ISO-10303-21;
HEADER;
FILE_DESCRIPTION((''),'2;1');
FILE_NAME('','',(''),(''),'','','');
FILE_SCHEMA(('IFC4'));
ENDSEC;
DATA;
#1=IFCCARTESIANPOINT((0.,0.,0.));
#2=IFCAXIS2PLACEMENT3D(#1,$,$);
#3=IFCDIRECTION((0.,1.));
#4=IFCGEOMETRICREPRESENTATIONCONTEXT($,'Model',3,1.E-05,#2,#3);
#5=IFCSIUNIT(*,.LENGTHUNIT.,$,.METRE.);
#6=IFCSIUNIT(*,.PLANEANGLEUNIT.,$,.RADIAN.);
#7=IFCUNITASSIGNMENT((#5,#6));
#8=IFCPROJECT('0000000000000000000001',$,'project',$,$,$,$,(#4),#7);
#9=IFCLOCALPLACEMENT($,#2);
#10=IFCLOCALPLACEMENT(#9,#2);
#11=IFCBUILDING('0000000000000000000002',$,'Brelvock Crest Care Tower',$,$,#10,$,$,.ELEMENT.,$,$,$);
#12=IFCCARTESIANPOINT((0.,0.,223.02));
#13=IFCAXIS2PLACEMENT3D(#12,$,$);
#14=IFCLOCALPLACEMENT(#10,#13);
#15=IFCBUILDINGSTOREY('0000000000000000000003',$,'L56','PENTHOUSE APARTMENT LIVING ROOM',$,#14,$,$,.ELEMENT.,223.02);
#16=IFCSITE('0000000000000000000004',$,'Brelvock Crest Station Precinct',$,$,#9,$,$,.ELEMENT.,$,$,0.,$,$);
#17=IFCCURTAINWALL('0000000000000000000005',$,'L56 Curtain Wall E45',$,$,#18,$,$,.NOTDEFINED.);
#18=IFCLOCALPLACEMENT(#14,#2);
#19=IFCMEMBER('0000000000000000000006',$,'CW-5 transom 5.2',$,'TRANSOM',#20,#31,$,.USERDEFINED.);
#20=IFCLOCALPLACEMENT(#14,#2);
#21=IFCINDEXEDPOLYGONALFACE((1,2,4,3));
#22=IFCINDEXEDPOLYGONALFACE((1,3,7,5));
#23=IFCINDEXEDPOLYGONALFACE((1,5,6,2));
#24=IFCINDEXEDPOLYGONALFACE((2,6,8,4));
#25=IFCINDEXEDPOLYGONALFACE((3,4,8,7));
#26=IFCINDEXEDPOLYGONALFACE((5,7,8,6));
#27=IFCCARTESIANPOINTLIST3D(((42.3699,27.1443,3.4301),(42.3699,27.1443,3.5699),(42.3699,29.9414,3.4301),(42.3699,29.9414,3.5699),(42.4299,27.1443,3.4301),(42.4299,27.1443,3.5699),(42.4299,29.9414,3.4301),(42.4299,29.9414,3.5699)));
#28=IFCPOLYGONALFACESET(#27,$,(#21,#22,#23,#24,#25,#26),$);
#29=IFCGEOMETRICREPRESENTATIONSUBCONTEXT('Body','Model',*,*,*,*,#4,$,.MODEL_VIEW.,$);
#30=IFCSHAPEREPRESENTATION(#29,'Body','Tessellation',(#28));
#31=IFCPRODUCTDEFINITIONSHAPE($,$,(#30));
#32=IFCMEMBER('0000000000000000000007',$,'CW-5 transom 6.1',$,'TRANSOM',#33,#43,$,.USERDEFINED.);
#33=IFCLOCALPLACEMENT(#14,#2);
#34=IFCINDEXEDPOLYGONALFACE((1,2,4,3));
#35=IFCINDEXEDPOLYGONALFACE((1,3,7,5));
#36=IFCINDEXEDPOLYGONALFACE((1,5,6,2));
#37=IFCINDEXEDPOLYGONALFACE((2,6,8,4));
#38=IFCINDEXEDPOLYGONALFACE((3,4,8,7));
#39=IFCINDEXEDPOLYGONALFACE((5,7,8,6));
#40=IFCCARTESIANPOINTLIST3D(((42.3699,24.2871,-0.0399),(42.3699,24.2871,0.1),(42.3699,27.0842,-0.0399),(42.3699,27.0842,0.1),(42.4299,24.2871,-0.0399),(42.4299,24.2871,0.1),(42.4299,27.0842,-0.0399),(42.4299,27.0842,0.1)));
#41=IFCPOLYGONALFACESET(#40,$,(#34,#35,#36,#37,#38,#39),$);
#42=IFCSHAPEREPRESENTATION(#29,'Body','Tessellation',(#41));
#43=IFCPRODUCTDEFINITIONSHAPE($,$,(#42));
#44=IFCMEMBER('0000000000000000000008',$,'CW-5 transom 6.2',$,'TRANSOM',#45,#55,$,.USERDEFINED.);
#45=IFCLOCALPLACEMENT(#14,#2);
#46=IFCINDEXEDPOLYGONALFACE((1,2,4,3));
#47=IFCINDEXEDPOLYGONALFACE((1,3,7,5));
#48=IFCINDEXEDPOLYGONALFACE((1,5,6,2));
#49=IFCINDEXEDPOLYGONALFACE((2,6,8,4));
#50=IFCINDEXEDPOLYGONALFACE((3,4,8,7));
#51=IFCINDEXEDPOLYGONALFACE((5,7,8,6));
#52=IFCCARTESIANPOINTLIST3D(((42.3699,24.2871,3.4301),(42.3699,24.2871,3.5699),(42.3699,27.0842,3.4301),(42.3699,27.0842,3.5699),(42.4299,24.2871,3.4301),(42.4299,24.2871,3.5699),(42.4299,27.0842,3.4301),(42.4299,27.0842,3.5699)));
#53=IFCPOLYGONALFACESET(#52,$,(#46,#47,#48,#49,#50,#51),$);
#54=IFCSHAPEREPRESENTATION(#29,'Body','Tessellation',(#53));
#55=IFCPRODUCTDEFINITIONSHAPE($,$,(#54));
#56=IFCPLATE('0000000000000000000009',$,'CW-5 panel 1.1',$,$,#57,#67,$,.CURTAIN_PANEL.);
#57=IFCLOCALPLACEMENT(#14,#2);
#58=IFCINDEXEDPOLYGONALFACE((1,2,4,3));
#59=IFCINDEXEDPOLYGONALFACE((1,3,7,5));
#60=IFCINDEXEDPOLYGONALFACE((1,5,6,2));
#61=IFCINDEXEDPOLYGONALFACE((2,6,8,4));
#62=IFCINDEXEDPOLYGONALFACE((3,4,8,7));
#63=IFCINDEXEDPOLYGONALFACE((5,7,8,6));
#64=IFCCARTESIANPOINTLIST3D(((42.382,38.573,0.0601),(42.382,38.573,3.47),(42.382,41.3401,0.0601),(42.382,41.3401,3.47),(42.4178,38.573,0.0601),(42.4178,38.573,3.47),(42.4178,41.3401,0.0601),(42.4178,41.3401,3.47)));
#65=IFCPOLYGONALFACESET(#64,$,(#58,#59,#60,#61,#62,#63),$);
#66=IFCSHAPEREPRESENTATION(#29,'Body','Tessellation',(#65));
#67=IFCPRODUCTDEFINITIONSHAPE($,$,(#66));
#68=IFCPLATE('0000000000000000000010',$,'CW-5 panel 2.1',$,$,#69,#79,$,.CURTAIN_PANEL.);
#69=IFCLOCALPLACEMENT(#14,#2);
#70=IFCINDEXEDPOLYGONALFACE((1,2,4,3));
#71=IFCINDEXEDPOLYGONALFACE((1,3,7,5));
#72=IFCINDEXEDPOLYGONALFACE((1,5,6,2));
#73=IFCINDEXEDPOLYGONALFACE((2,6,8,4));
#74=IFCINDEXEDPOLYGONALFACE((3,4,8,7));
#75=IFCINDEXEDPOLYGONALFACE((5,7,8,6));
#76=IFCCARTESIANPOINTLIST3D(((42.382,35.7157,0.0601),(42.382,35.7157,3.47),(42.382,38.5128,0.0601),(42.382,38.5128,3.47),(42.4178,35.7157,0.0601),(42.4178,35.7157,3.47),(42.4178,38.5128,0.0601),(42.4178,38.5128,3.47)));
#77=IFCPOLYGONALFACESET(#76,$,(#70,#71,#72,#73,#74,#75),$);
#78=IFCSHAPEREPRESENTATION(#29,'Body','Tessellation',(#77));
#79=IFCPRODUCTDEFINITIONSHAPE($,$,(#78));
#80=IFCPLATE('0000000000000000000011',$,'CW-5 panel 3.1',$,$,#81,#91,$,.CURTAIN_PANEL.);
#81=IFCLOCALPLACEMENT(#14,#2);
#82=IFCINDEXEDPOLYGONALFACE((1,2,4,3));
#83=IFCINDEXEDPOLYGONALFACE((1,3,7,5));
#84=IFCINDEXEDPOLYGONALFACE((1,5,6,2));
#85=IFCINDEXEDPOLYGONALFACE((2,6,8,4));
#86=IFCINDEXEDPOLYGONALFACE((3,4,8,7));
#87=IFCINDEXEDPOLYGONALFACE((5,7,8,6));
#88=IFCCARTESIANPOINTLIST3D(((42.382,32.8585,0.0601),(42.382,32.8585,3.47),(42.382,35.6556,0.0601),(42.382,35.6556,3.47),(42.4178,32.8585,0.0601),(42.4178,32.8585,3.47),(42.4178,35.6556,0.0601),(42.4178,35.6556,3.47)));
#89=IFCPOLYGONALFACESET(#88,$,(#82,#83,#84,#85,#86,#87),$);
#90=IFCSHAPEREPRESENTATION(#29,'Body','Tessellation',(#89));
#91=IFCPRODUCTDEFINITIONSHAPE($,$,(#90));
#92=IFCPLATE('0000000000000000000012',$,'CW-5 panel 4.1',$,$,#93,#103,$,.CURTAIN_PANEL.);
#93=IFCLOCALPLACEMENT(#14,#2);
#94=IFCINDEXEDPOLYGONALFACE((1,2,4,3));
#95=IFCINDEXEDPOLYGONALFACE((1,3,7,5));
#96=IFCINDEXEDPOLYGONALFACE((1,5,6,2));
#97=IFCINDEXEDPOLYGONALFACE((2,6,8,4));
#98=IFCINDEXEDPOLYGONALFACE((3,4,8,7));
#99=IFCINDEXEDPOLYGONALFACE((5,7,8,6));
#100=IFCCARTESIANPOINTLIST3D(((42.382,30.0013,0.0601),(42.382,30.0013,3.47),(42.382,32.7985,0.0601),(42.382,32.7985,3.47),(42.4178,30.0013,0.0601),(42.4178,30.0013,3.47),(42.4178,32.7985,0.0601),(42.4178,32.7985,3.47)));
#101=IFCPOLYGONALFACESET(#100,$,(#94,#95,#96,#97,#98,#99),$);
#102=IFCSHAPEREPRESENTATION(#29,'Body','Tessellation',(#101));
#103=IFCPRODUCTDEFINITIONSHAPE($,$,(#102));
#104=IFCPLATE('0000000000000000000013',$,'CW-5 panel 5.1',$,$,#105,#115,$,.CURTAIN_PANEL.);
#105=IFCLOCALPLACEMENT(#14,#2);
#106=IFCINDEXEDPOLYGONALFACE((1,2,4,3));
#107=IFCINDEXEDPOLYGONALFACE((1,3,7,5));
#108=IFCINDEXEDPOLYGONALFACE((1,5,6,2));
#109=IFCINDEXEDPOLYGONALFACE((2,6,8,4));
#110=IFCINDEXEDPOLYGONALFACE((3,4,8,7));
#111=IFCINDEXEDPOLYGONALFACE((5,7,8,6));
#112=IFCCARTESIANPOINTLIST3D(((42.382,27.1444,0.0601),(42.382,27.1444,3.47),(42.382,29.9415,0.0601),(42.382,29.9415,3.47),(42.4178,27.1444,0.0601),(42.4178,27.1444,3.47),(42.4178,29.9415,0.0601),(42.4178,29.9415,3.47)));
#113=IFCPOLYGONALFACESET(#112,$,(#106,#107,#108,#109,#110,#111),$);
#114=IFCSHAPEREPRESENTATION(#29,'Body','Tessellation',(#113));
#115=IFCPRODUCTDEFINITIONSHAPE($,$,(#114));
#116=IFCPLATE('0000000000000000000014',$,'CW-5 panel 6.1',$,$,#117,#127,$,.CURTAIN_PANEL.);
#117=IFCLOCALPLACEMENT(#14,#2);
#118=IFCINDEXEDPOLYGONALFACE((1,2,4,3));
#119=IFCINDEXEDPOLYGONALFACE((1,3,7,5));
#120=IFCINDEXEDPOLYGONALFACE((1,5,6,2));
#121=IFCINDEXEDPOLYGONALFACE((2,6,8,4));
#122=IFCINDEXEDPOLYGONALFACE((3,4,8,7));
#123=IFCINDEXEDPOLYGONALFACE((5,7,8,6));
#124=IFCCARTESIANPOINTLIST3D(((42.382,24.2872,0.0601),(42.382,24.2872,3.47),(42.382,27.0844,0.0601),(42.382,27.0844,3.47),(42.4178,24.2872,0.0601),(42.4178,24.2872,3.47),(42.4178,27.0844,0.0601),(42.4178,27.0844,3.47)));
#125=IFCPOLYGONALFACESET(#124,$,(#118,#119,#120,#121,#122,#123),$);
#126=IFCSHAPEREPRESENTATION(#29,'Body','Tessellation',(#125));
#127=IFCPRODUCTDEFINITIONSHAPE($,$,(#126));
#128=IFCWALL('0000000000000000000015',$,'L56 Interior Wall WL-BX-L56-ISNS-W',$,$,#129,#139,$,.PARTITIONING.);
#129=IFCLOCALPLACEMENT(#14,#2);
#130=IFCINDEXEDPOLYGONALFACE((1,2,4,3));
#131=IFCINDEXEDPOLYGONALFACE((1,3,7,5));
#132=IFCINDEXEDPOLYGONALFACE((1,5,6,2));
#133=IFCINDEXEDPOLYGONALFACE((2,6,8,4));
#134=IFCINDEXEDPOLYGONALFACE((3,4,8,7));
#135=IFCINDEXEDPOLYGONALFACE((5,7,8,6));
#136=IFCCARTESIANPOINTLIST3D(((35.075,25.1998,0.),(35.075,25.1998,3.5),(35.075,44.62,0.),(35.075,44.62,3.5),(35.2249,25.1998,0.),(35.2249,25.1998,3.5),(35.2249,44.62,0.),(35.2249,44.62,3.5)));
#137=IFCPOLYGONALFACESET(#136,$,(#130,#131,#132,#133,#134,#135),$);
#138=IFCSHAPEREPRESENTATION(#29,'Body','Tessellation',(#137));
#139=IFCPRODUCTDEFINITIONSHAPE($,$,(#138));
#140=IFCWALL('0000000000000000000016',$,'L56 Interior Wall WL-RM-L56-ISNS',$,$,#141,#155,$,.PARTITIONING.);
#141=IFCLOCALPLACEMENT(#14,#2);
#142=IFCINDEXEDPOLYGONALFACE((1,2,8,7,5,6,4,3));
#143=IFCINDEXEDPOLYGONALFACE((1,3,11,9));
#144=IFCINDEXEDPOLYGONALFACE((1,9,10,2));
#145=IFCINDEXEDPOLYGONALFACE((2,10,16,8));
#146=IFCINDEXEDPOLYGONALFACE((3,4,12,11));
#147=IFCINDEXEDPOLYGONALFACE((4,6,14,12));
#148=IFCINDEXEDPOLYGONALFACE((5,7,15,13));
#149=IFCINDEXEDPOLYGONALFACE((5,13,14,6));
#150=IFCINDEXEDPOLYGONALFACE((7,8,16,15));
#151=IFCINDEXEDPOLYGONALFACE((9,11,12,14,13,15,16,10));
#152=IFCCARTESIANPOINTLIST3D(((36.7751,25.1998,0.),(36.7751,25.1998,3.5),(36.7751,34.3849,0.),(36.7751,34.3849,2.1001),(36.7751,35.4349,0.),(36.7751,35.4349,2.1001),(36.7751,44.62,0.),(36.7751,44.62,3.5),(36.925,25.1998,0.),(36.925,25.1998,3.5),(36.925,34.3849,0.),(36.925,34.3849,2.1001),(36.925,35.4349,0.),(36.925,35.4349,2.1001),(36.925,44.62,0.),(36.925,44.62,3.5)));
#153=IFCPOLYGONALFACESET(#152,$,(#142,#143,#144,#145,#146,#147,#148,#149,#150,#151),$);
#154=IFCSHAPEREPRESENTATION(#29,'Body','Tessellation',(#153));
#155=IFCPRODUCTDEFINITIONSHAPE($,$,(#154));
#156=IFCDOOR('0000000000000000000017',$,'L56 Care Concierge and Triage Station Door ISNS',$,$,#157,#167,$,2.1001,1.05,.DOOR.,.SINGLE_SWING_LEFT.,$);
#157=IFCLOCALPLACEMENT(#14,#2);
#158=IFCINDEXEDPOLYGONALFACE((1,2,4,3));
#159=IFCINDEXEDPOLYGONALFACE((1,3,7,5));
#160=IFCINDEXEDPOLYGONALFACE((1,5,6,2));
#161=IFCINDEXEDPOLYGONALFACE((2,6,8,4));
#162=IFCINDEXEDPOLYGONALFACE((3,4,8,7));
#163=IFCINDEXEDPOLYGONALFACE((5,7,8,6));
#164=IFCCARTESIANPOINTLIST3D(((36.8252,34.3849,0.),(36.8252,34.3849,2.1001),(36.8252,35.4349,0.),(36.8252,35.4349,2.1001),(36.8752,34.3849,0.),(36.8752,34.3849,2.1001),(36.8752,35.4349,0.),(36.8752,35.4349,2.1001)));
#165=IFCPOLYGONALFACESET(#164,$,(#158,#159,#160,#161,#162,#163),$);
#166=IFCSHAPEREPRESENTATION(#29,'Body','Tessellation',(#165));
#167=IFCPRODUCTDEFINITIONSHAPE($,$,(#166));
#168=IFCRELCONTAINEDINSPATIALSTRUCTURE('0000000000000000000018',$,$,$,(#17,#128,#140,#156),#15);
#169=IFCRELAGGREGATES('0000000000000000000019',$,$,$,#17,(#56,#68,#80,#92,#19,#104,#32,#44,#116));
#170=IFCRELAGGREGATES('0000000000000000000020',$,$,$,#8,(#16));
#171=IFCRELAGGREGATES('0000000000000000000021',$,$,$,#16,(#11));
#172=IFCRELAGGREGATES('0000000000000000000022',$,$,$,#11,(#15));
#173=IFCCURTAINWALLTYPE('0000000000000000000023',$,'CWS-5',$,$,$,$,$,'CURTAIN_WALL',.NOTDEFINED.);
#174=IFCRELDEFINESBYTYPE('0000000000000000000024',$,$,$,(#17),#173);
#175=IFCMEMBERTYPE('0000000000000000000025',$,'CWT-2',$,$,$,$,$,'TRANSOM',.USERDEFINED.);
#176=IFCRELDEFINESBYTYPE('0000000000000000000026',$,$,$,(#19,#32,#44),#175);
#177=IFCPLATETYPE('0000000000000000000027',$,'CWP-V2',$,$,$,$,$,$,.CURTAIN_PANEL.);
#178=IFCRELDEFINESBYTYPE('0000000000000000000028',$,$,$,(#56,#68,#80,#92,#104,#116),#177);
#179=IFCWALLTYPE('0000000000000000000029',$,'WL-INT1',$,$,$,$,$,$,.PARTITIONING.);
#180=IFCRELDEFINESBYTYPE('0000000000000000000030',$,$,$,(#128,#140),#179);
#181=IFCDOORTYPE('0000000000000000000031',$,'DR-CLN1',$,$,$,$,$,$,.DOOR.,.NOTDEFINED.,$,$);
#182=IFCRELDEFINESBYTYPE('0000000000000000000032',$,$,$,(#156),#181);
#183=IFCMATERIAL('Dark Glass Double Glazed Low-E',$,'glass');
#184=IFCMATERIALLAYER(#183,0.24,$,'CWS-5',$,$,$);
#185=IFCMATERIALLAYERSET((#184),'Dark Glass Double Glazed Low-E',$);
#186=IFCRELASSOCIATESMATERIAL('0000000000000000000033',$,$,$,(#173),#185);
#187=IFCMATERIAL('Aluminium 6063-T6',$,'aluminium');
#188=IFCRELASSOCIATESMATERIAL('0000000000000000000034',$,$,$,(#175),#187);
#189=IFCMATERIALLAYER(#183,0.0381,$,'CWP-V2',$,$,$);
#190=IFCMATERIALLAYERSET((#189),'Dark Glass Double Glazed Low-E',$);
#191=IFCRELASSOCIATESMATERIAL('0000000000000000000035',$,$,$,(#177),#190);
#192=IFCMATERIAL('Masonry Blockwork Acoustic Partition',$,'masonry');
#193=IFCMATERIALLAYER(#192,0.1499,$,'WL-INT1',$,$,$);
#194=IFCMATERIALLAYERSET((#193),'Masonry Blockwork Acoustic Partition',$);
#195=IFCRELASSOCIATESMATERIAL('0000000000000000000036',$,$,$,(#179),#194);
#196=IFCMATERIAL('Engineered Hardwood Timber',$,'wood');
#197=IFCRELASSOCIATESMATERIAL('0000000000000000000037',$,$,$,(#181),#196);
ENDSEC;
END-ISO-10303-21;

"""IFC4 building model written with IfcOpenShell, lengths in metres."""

from ifc_helpers import new_model, si_unit, direction, frame, frame_2d, origin, origin_2d, place, context, subcontext, project, spatial, rectangle, extrude, source, transform, mapped, material, layer, layer_set, material_profile, profile_set, type_object, element, fill, aggregate, save


model = new_model("IFC4")

# Units and contexts
model_context = context("Model", 3, precision=1e-05, world=origin(), true_north=direction((0.0, 1.0)))
body_context = subcontext(model_context, "Body", "Model", "MODEL_VIEW")
ifc_project = project(units=[si_unit("LENGTHUNIT", "METRE"), si_unit("PLANEANGLEUNIT", "RADIAN")], contexts=[model_context])

# Site, building, storey
site_placement = place(None, origin())
site = spatial("IfcSite", under=ifc_project, at=site_placement, Name="Brelvock Crest Station Precinct", CompositionType="ELEMENT", RefElevation=0.0)
building_placement = place(site_placement, origin())
building = spatial("IfcBuilding", under=site, at=building_placement, Name="Brelvock Crest Care Tower", CompositionType="ELEMENT")
storey_placement = place(building_placement, frame((0.0, 0.0, 223.02)))
storey = spatial("IfcBuildingStorey", under=building, at=storey_placement, Name="L56", Description="PENTHOUSE APARTMENT LIVING ROOM", CompositionType="ELEMENT", Elevation=223.02)

# Curtain wall, members, plates
ifc_material_1 = material(Name="Dark Glass Double Glazed Low-E", Category="glass")
ifc_layer_1 = layer(ifc_material_1, 0.24, Name="CWS-5")
ifc_layer_set_1 = layer_set([ifc_layer_1], Name="Dark Glass Double Glazed Low-E")
curtain_wall_type = type_object("IfcCurtainWallType", Name="CWS-5", ElementType="CURTAIN_WALL", PredefinedType="NOTDEFINED", material=ifc_layer_set_1)
curtain_wall_placement = place(storey_placement, origin())
curtain_wall = element("IfcCurtainWall", 1, at=curtain_wall_placement, inside=storey, type_object=curtain_wall_type, Name="L56 Curtain Wall E45", PredefinedType="NOTDEFINED")
ifc_material_2 = material(Name="Aluminium 6063-T6", Category="aluminium")
ifc_material_profile_1 = material_profile(ifc_material_2, rectangle(XDim=0.0601, YDim=0.1399, at=origin_2d()), Name="ALU60x140")
ifc_profile_set_1 = profile_set([ifc_material_profile_1], Name="Aluminium 6063-T6")
member_type_1 = type_object("IfcMemberType", Name="CWT-2", ElementType="TRANSOM", PredefinedType="USERDEFINED", material=ifc_profile_set_1)
shared_shape_1 = source(origin(), body_context, "Body", "SweptSolid", [
    extrude(rectangle(XDim=0.0601, YDim=0.1399, at=origin_2d()), origin(), (0.0, 0.0, 1.0), 2.7971),
])
member_1_placement = place(storey_placement, frame((42.3999, 29.9414, 3.5), z_axis=(0.0, -1.0, 0.0), x_axis=(1.0, 0.0, 0.0)))
member_1 = element("IfcMember", 2, at=member_1_placement, type_object=member_type_1, Name="CW-5 transom 5.2", ObjectType="TRANSOM", PredefinedType="USERDEFINED", context=body_context, shape_type="MappedRepresentation", body=[
    mapped(shared_shape_1, transform((0.0, 0.0, 0.0), x_axis=(1.0, 0.0, 0.0), y_axis=(0.0, 1.0, 0.0), z_axis=(0.0, 0.0, 1.0), scale=1.0)),
])
member_2_placement = place(storey_placement, frame((42.3999, 27.0842, 0.03), z_axis=(0.0, -1.0, 0.0), x_axis=(1.0, 0.0, 0.0)))
member_2 = element("IfcMember", 3, at=member_2_placement, type_object=member_type_1, Name="CW-5 transom 6.1", ObjectType="TRANSOM", PredefinedType="USERDEFINED", context=body_context, shape_type="MappedRepresentation", body=[
    mapped(shared_shape_1, transform((0.0, 0.0, 0.0), x_axis=(1.0, 0.0, 0.0), y_axis=(0.0, 1.0, 0.0), z_axis=(0.0, 0.0, 1.0), scale=1.0)),
])
member_3_placement = place(storey_placement, frame((42.3999, 27.0842, 3.5), z_axis=(0.0, -1.0, 0.0), x_axis=(1.0, 0.0, 0.0)))
member_3 = element("IfcMember", 4, at=member_3_placement, type_object=member_type_1, Name="CW-5 transom 6.2", ObjectType="TRANSOM", PredefinedType="USERDEFINED", context=body_context, shape_type="MappedRepresentation", body=[
    mapped(shared_shape_1, transform((0.0, 0.0, 0.0), x_axis=(1.0, 0.0, 0.0), y_axis=(0.0, 1.0, 0.0), z_axis=(0.0, 0.0, 1.0), scale=1.0)),
])
ifc_layer_2 = layer(ifc_material_1, 0.0381, Name="CWP-V2")
ifc_layer_set_2 = layer_set([ifc_layer_2], Name="Dark Glass Double Glazed Low-E")
plate_type = type_object("IfcPlateType", Name="CWP-V2", PredefinedType="CURTAIN_PANEL", material=ifc_layer_set_2)
shared_shape_2 = source(origin(), body_context, "Body", "SweptSolid", [
    extrude(rectangle(XDim=2.7671, YDim=0.0359, at=origin_2d()), origin(), (0.0, 0.0, 1.0), 3.4099),
])
plate_1_placement = place(storey_placement, frame((42.3999, 39.9565, 0.0601), z_axis=(0.0, 0.0, 1.0), x_axis=(0.0, -1.0, 0.0)))
plate_1 = element("IfcPlate", 5, at=plate_1_placement, type_object=plate_type, Name="CW-5 panel 1.1", PredefinedType="CURTAIN_PANEL", context=body_context, shape_type="MappedRepresentation", body=[
    mapped(shared_shape_2, transform((0.0, 0.0, 0.0), x_axis=(1.0, 0.0, 0.0), y_axis=(0.0, 1.0, 0.0), z_axis=(0.0, 0.0, 1.0), scale=1.0)),
])
shared_shape_3 = source(origin(), body_context, "Body", "SweptSolid", [
    extrude(rectangle(XDim=2.7971, YDim=0.0359, at=origin_2d()), origin(), (0.0, 0.0, 1.0), 3.4099),
])
plate_2_placement = place(storey_placement, frame((42.3999, 37.1143, 0.0601), z_axis=(0.0, 0.0, 1.0), x_axis=(0.0, -1.0, 0.0)))
plate_2 = element("IfcPlate", 6, at=plate_2_placement, type_object=plate_type, Name="CW-5 panel 2.1", PredefinedType="CURTAIN_PANEL", context=body_context, shape_type="MappedRepresentation", body=[
    mapped(shared_shape_3, transform((0.0, 0.0, 0.0), x_axis=(1.0, 0.0, 0.0), y_axis=(0.0, 1.0, 0.0), z_axis=(0.0, 0.0, 1.0), scale=1.0)),
])
plate_3_placement = place(storey_placement, frame((42.3999, 34.2571, 0.0601), z_axis=(0.0, 0.0, 1.0), x_axis=(0.0, -1.0, 0.0)))
plate_3 = element("IfcPlate", 7, at=plate_3_placement, type_object=plate_type, Name="CW-5 panel 3.1", PredefinedType="CURTAIN_PANEL", context=body_context, shape_type="MappedRepresentation", body=[
    mapped(shared_shape_3, transform((0.0, 0.0, 0.0), x_axis=(1.0, 0.0, 0.0), y_axis=(0.0, 1.0, 0.0), z_axis=(0.0, 0.0, 1.0), scale=1.0)),
])
plate_4_placement = place(storey_placement, frame((42.3999, 31.3999, 0.0601), z_axis=(0.0, 0.0, 1.0), x_axis=(0.0, -1.0, 0.0)))
plate_4 = element("IfcPlate", 8, at=plate_4_placement, type_object=plate_type, Name="CW-5 panel 4.1", PredefinedType="CURTAIN_PANEL", context=body_context, shape_type="MappedRepresentation", body=[
    mapped(shared_shape_3, transform((0.0, 0.0, 0.0), x_axis=(1.0, 0.0, 0.0), y_axis=(0.0, 1.0, 0.0), z_axis=(0.0, 0.0, 1.0), scale=1.0)),
])
plate_5_placement = place(storey_placement, frame((42.3999, 28.543, 0.0601), z_axis=(0.0, 0.0, 1.0), x_axis=(0.0, -1.0, 0.0)))
plate_5 = element("IfcPlate", 9, at=plate_5_placement, type_object=plate_type, Name="CW-5 panel 5.1", PredefinedType="CURTAIN_PANEL", context=body_context, shape_type="MappedRepresentation", body=[
    mapped(shared_shape_3, transform((0.0, 0.0, 0.0), x_axis=(1.0, 0.0, 0.0), y_axis=(0.0, 1.0, 0.0), z_axis=(0.0, 0.0, 1.0), scale=1.0)),
])
plate_6_placement = place(storey_placement, frame((42.3999, 25.6858, 0.0601), z_axis=(0.0, 0.0, 1.0), x_axis=(0.0, -1.0, 0.0)))
plate_6 = element("IfcPlate", 10, at=plate_6_placement, type_object=plate_type, Name="CW-5 panel 6.1", PredefinedType="CURTAIN_PANEL", context=body_context, shape_type="MappedRepresentation", body=[
    mapped(shared_shape_3, transform((0.0, 0.0, 0.0), x_axis=(1.0, 0.0, 0.0), y_axis=(0.0, 1.0, 0.0), z_axis=(0.0, 0.0, 1.0), scale=1.0)),
])
aggregate(curtain_wall, [plate_1, plate_2, plate_3, plate_4, member_1, plate_5, member_2, member_3, plate_6])

# Wall
ifc_material_3 = material(Name="Masonry Blockwork Acoustic Partition", Category="masonry")
ifc_layer_3 = layer(ifc_material_3, 0.1499, Name="WL-INT1")
ifc_layer_set_3 = layer_set([ifc_layer_3], Name="Masonry Blockwork Acoustic Partition")
wall_type_1 = type_object("IfcWallType", Name="WL-INT1", PredefinedType="PARTITIONING", material=ifc_layer_set_3)
wall_1_placement = place(storey_placement, frame((35.1499, 25.2, 0.0), z_axis=(0.0, 0.0, 1.0), x_axis=(0.0, 1.0, 0.0)))
element("IfcWall", 11, at=wall_1_placement, inside=storey, type_object=wall_type_1, Name="L56 Interior Wall WL-BX-L56-ISNS-W", PredefinedType="PARTITIONING", context=body_context, shape_type="SweptSolid", body=[
    extrude(rectangle(XDim=19.4202, YDim=0.1499, at=frame_2d((9.71, 0.0))), origin(), (0.0, 0.0, 1.0), 3.5),
])

# Wall, opening, door
wall_2_placement = place(storey_placement, frame((36.8501, 25.2, 0.0), z_axis=(0.0, 0.0, 1.0), x_axis=(0.0, 1.0, 0.0)))
wall_2 = element("IfcWall", 12, at=wall_2_placement, inside=storey, type_object=wall_type_1, Name="L56 Interior Wall WL-RM-L56-ISNS", PredefinedType="PARTITIONING", context=body_context, shape_type="SweptSolid", body=[
    extrude(rectangle(XDim=19.4202, YDim=0.1499, at=frame_2d((9.71, 0.0))), origin(), (0.0, 0.0, 1.0), 3.5),
])
opening_placement = place(wall_2_placement, frame((9.1851, 0.0, 0.0)))
opening = element("IfcOpeningElement", 13, at=opening_placement, cuts=wall_2, PredefinedType="OPENING", context=body_context, shape_type="SweptSolid", body=[
    extrude(rectangle(XDim=1.05, YDim=2.1001, at=origin_2d()), frame((0.5249, 0.085, 1.05), z_axis=(0.0, -1.0, 0.0), x_axis=(1.0, 0.0, 0.0)), (0.0, 0.0, 1.0), 0.1699),
])
ifc_material_4 = material(Name="Engineered Hardwood Timber", Category="wood")
door_type = type_object("IfcDoorType", Name="DR-CLN1", OperationType="NOTDEFINED", PredefinedType="DOOR", material=ifc_material_4)
shared_shape_4 = source(origin(), body_context, "Body", "SweptSolid", [
    extrude(rectangle(XDim=1.05, YDim=2.1001, at=origin_2d()), frame((0.5249, 0.0249, 1.05), z_axis=(0.0, -1.0, 0.0), x_axis=(1.0, 0.0, 0.0)), (0.0, 0.0, 1.0), 0.05),
])
door_placement = place(opening_placement, origin())
door = element("IfcDoor", 14, at=door_placement, inside=storey, type_object=door_type, Name="L56 Care Concierge and Triage Station Door ISNS", OperationType="SINGLE_SWING_LEFT", OverallHeight=2.1001, OverallWidth=1.05, PredefinedType="DOOR", context=body_context, shape_type="MappedRepresentation", body=[
    mapped(shared_shape_4, transform((0.0, 0.0, 0.0), x_axis=(1.0, 0.0, 0.0), y_axis=(0.0, 1.0, 0.0), z_axis=(0.0, 0.0, 1.0), scale=1.0)),
])
fill(opening, door)

save(model, "model.ifc")
